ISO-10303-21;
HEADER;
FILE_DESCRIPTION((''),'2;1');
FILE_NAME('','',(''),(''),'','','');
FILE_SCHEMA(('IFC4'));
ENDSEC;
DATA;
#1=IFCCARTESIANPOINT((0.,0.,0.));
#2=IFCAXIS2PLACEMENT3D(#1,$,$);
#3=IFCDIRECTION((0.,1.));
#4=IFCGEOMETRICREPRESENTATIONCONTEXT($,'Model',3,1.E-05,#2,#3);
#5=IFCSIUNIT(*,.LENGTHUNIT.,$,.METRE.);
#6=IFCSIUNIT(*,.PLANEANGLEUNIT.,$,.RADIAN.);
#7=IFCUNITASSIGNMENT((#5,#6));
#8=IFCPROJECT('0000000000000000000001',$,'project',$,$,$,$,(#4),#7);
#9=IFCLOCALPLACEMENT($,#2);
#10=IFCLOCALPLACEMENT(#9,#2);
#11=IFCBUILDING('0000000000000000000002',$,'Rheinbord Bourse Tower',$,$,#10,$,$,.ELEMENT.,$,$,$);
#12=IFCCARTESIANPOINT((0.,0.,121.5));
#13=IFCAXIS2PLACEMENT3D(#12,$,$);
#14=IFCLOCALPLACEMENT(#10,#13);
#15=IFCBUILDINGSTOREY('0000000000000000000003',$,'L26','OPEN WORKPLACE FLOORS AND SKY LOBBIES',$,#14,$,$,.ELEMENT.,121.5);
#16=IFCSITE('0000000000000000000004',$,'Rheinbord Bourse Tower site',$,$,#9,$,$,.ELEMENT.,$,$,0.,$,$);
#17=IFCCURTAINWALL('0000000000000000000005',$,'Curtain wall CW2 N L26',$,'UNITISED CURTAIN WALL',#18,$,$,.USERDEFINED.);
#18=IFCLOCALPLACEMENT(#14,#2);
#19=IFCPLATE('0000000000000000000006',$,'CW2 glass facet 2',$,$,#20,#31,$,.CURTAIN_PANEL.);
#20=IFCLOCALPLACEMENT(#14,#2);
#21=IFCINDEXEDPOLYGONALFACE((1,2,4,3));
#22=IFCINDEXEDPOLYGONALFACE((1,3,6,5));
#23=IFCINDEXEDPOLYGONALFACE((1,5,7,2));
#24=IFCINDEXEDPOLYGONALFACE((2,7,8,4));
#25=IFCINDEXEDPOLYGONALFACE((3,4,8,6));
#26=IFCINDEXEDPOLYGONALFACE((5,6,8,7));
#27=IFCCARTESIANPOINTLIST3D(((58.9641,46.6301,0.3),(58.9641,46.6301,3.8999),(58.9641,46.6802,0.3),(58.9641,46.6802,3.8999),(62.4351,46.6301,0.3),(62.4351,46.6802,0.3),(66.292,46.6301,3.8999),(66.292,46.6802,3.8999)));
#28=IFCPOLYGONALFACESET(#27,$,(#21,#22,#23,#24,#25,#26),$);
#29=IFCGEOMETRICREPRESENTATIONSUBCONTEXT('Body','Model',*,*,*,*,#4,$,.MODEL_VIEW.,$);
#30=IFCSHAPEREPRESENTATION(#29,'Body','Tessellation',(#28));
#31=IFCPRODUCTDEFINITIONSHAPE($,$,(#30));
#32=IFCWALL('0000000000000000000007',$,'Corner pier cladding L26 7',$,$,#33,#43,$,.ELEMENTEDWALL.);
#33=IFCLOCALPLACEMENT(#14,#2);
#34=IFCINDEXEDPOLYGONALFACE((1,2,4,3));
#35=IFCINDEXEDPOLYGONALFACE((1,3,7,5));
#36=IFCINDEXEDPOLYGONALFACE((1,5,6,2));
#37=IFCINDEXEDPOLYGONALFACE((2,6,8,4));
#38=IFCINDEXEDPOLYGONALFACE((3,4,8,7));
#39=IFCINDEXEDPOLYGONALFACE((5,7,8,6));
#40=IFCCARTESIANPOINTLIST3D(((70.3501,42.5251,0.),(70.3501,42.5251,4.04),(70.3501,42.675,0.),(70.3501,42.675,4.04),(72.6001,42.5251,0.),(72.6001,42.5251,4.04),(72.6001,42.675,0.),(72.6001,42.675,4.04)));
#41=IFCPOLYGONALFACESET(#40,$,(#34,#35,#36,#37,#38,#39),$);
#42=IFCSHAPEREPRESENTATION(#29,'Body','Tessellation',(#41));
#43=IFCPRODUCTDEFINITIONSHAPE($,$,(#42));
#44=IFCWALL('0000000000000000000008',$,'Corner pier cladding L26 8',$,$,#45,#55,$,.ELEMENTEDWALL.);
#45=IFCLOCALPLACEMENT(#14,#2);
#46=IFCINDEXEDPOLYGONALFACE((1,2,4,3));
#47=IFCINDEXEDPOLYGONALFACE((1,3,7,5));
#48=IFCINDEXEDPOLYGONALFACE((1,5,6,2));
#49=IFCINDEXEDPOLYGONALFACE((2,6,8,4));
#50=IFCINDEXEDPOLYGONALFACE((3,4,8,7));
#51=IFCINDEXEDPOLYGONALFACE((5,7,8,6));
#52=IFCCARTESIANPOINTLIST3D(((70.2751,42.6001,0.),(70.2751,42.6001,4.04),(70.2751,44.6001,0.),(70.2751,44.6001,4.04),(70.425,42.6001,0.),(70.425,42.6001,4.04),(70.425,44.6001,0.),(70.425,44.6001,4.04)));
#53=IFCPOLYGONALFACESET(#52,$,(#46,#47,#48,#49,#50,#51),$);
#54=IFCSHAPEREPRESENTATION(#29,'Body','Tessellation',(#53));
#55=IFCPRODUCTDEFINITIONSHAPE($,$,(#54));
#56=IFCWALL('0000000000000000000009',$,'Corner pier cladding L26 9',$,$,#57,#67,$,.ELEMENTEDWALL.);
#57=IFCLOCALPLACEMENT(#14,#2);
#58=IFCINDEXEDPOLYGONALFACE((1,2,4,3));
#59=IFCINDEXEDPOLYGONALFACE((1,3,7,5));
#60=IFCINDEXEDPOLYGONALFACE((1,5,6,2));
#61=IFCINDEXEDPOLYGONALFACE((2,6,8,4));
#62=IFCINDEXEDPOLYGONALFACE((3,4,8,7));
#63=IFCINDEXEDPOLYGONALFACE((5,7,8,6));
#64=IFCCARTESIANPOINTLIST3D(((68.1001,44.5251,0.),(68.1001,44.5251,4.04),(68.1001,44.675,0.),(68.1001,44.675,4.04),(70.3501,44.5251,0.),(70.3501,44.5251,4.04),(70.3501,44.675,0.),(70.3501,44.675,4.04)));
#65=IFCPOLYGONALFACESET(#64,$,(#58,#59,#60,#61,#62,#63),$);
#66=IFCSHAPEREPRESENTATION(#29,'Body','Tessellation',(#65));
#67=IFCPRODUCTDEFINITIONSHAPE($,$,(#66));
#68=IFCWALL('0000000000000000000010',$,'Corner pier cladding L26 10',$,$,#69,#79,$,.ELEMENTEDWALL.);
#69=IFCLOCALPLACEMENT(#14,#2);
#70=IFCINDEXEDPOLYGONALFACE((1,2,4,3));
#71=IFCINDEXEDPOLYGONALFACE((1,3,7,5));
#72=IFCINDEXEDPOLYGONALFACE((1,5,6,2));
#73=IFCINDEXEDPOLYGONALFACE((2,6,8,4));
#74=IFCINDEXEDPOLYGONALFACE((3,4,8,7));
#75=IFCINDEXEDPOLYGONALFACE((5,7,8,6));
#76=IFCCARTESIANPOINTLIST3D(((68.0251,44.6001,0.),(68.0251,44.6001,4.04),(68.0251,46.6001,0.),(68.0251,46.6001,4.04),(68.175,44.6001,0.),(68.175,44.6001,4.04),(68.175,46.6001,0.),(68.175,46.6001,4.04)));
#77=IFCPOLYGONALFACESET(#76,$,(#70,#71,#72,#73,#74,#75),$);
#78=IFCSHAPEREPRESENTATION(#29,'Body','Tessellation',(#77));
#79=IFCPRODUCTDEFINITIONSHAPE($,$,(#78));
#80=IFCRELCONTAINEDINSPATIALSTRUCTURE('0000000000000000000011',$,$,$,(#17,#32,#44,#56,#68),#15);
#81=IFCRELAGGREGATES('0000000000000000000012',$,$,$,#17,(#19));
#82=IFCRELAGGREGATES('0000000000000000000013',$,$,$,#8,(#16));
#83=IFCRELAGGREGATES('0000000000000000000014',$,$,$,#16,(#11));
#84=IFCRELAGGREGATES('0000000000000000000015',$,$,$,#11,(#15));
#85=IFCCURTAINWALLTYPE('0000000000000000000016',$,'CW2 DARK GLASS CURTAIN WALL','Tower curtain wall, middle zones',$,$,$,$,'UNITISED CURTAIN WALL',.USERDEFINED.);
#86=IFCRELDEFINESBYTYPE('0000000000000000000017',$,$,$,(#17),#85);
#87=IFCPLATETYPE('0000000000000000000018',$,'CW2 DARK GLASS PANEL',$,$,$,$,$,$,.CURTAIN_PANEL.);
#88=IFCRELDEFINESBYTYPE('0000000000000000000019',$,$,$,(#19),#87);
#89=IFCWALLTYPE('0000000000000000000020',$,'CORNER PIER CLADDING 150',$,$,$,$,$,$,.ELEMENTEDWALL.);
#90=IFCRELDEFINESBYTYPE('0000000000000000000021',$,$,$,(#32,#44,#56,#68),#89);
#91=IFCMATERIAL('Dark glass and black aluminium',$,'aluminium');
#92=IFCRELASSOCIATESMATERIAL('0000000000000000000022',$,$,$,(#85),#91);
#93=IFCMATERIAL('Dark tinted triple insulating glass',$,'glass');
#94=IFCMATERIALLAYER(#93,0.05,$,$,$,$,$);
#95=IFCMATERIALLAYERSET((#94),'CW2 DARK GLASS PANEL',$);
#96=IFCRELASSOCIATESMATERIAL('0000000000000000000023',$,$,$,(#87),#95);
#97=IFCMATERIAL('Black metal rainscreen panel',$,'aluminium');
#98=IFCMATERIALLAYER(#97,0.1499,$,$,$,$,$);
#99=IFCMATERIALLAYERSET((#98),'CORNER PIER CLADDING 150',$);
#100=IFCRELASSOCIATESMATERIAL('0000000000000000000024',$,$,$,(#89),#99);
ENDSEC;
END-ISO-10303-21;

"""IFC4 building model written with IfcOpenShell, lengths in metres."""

from ifc_helpers import new_model, si_unit, direction, frame, frame_2d, origin, place, context, subcontext, project, spatial, polyline, rectangle, outline, extrude, material, layer, layer_set, type_object, element, aggregate, save


model = new_model("IFC4")

# Units and contexts
model_context = context("Model", 3, precision=1e-05, world=origin(), true_north=direction((0.0, 1.0)))
body_context = subcontext(model_context, "Body", "Model", "MODEL_VIEW")
ifc_project = project(units=[si_unit("LENGTHUNIT", "METRE"), si_unit("PLANEANGLEUNIT", "RADIAN")], contexts=[model_context])

# Site, building, storey
site_placement = place(None, origin())
site = spatial("IfcSite", under=ifc_project, at=site_placement, Name="Rheinbord Bourse Tower site", CompositionType="ELEMENT", RefElevation=0.0)
building_placement = place(site_placement, origin())
building = spatial("IfcBuilding", under=site, at=building_placement, Name="Rheinbord Bourse Tower", CompositionType="ELEMENT")
storey_placement = place(building_placement, frame((0.0, 0.0, 121.5)))
storey = spatial("IfcBuildingStorey", under=building, at=storey_placement, Name="L26", Description="OPEN WORKPLACE FLOORS AND SKY LOBBIES", CompositionType="ELEMENT", Elevation=121.5)

# Curtain wall
ifc_material_1 = material(Name="Dark glass and black aluminium", Category="aluminium")
curtain_wall_type = type_object("IfcCurtainWallType", Name="CW2 DARK GLASS CURTAIN WALL", Description="Tower curtain wall, middle zones", ElementType="UNITISED CURTAIN WALL", PredefinedType="USERDEFINED", material=ifc_material_1)
curtain_wall_1_placement = place(storey_placement, origin())
curtain_wall_1 = element("IfcCurtainWall", 1, at=curtain_wall_1_placement, inside=storey, type_object=curtain_wall_type, Name="Curtain wall CW2 N L26", ObjectType="UNITISED CURTAIN WALL", PredefinedType="USERDEFINED")

# Plate
ifc_material_2 = material(Name="Dark tinted triple insulating glass", Category="glass")
ifc_layer_1 = layer(ifc_material_2, 0.05)
ifc_layer_set_1 = layer_set([ifc_layer_1], Name="CW2 DARK GLASS PANEL")
plate_type = type_object("IfcPlateType", Name="CW2 DARK GLASS PANEL", PredefinedType="CURTAIN_PANEL", material=ifc_layer_set_1)
plate_1_placement = place(storey_placement, frame((58.9641, 46.6802, 3.8999), z_axis=(0.0, -1.0, 0.0), x_axis=(0.0, 0.0, -1.0)))
plate_1 = element("IfcPlate", 2, at=plate_1_placement, type_object=plate_type, Name="CW2 glass facet 2", PredefinedType="CURTAIN_PANEL", context=body_context, shape_type="SweptSolid", body=[
    extrude(outline(polyline([(0.0, 0.0), (3.5999, 0.0), (3.5999, 3.4709), (0.0, 7.3279), (0.0, 0.0)])), origin(), (0.0, 0.0, 1.0), 0.05),
])
aggregate(curtain_wall_1, [plate_1])

# Walls
ifc_material_3 = material(Name="Black metal rainscreen panel", Category="aluminium")
ifc_layer_2 = layer(ifc_material_3, 0.1499)
ifc_layer_set_2 = layer_set([ifc_layer_2], Name="CORNER PIER CLADDING 150")
wall_type = type_object("IfcWallType", Name="CORNER PIER CLADDING 150", PredefinedType="ELEMENTEDWALL", material=ifc_layer_set_2)
wall_1_placement = place(storey_placement, frame((72.6001, 42.6001, 0.0), z_axis=(0.0, 0.0, 1.0), x_axis=(-1.0, 0.0, 0.0)))
element("IfcWall", 3, at=wall_1_placement, inside=storey, type_object=wall_type, Name="Corner pier cladding L26 7", PredefinedType="ELEMENTEDWALL", context=body_context, shape_type="SweptSolid", body=[
    extrude(rectangle(XDim=2.25, YDim=0.1499, at=frame_2d((1.125, 0.0))), origin(), (0.0, 0.0, 1.0), 4.04),
])
wall_2_placement = place(storey_placement, frame((70.3501, 42.6001, 0.0), z_axis=(0.0, 0.0, 1.0), x_axis=(0.0, 1.0, 0.0)))
element("IfcWall", 4, at=wall_2_placement, inside=storey, type_object=wall_type, Name="Corner pier cladding L26 8", PredefinedType="ELEMENTEDWALL", context=body_context, shape_type="SweptSolid", body=[
    extrude(rectangle(XDim=2.0, YDim=0.1499, at=frame_2d((1.0, 0.0))), origin(), (0.0, 0.0, 1.0), 4.04),
])
wall_3_placement = place(storey_placement, frame((70.3501, 44.6001, 0.0), z_axis=(0.0, 0.0, 1.0), x_axis=(-1.0, 0.0, 0.0)))
element("IfcWall", 5, at=wall_3_placement, inside=storey, type_object=wall_type, Name="Corner pier cladding L26 9", PredefinedType="ELEMENTEDWALL", context=body_context, shape_type="SweptSolid", body=[
    extrude(rectangle(XDim=2.25, YDim=0.1499, at=frame_2d((1.125, 0.0))), origin(), (0.0, 0.0, 1.0), 4.04),
])
wall_4_placement = place(storey_placement, frame((68.1001, 44.6001, 0.0), z_axis=(0.0, 0.0, 1.0), x_axis=(0.0, 1.0, 0.0)))
element("IfcWall", 6, at=wall_4_placement, inside=storey, type_object=wall_type, Name="Corner pier cladding L26 10", PredefinedType="ELEMENTEDWALL", context=body_context, shape_type="SweptSolid", body=[
    extrude(rectangle(XDim=2.0, YDim=0.1499, at=frame_2d((1.0, 0.0))), origin(), (0.0, 0.0, 1.0), 4.04),
])

save(model, "model.ifc")
